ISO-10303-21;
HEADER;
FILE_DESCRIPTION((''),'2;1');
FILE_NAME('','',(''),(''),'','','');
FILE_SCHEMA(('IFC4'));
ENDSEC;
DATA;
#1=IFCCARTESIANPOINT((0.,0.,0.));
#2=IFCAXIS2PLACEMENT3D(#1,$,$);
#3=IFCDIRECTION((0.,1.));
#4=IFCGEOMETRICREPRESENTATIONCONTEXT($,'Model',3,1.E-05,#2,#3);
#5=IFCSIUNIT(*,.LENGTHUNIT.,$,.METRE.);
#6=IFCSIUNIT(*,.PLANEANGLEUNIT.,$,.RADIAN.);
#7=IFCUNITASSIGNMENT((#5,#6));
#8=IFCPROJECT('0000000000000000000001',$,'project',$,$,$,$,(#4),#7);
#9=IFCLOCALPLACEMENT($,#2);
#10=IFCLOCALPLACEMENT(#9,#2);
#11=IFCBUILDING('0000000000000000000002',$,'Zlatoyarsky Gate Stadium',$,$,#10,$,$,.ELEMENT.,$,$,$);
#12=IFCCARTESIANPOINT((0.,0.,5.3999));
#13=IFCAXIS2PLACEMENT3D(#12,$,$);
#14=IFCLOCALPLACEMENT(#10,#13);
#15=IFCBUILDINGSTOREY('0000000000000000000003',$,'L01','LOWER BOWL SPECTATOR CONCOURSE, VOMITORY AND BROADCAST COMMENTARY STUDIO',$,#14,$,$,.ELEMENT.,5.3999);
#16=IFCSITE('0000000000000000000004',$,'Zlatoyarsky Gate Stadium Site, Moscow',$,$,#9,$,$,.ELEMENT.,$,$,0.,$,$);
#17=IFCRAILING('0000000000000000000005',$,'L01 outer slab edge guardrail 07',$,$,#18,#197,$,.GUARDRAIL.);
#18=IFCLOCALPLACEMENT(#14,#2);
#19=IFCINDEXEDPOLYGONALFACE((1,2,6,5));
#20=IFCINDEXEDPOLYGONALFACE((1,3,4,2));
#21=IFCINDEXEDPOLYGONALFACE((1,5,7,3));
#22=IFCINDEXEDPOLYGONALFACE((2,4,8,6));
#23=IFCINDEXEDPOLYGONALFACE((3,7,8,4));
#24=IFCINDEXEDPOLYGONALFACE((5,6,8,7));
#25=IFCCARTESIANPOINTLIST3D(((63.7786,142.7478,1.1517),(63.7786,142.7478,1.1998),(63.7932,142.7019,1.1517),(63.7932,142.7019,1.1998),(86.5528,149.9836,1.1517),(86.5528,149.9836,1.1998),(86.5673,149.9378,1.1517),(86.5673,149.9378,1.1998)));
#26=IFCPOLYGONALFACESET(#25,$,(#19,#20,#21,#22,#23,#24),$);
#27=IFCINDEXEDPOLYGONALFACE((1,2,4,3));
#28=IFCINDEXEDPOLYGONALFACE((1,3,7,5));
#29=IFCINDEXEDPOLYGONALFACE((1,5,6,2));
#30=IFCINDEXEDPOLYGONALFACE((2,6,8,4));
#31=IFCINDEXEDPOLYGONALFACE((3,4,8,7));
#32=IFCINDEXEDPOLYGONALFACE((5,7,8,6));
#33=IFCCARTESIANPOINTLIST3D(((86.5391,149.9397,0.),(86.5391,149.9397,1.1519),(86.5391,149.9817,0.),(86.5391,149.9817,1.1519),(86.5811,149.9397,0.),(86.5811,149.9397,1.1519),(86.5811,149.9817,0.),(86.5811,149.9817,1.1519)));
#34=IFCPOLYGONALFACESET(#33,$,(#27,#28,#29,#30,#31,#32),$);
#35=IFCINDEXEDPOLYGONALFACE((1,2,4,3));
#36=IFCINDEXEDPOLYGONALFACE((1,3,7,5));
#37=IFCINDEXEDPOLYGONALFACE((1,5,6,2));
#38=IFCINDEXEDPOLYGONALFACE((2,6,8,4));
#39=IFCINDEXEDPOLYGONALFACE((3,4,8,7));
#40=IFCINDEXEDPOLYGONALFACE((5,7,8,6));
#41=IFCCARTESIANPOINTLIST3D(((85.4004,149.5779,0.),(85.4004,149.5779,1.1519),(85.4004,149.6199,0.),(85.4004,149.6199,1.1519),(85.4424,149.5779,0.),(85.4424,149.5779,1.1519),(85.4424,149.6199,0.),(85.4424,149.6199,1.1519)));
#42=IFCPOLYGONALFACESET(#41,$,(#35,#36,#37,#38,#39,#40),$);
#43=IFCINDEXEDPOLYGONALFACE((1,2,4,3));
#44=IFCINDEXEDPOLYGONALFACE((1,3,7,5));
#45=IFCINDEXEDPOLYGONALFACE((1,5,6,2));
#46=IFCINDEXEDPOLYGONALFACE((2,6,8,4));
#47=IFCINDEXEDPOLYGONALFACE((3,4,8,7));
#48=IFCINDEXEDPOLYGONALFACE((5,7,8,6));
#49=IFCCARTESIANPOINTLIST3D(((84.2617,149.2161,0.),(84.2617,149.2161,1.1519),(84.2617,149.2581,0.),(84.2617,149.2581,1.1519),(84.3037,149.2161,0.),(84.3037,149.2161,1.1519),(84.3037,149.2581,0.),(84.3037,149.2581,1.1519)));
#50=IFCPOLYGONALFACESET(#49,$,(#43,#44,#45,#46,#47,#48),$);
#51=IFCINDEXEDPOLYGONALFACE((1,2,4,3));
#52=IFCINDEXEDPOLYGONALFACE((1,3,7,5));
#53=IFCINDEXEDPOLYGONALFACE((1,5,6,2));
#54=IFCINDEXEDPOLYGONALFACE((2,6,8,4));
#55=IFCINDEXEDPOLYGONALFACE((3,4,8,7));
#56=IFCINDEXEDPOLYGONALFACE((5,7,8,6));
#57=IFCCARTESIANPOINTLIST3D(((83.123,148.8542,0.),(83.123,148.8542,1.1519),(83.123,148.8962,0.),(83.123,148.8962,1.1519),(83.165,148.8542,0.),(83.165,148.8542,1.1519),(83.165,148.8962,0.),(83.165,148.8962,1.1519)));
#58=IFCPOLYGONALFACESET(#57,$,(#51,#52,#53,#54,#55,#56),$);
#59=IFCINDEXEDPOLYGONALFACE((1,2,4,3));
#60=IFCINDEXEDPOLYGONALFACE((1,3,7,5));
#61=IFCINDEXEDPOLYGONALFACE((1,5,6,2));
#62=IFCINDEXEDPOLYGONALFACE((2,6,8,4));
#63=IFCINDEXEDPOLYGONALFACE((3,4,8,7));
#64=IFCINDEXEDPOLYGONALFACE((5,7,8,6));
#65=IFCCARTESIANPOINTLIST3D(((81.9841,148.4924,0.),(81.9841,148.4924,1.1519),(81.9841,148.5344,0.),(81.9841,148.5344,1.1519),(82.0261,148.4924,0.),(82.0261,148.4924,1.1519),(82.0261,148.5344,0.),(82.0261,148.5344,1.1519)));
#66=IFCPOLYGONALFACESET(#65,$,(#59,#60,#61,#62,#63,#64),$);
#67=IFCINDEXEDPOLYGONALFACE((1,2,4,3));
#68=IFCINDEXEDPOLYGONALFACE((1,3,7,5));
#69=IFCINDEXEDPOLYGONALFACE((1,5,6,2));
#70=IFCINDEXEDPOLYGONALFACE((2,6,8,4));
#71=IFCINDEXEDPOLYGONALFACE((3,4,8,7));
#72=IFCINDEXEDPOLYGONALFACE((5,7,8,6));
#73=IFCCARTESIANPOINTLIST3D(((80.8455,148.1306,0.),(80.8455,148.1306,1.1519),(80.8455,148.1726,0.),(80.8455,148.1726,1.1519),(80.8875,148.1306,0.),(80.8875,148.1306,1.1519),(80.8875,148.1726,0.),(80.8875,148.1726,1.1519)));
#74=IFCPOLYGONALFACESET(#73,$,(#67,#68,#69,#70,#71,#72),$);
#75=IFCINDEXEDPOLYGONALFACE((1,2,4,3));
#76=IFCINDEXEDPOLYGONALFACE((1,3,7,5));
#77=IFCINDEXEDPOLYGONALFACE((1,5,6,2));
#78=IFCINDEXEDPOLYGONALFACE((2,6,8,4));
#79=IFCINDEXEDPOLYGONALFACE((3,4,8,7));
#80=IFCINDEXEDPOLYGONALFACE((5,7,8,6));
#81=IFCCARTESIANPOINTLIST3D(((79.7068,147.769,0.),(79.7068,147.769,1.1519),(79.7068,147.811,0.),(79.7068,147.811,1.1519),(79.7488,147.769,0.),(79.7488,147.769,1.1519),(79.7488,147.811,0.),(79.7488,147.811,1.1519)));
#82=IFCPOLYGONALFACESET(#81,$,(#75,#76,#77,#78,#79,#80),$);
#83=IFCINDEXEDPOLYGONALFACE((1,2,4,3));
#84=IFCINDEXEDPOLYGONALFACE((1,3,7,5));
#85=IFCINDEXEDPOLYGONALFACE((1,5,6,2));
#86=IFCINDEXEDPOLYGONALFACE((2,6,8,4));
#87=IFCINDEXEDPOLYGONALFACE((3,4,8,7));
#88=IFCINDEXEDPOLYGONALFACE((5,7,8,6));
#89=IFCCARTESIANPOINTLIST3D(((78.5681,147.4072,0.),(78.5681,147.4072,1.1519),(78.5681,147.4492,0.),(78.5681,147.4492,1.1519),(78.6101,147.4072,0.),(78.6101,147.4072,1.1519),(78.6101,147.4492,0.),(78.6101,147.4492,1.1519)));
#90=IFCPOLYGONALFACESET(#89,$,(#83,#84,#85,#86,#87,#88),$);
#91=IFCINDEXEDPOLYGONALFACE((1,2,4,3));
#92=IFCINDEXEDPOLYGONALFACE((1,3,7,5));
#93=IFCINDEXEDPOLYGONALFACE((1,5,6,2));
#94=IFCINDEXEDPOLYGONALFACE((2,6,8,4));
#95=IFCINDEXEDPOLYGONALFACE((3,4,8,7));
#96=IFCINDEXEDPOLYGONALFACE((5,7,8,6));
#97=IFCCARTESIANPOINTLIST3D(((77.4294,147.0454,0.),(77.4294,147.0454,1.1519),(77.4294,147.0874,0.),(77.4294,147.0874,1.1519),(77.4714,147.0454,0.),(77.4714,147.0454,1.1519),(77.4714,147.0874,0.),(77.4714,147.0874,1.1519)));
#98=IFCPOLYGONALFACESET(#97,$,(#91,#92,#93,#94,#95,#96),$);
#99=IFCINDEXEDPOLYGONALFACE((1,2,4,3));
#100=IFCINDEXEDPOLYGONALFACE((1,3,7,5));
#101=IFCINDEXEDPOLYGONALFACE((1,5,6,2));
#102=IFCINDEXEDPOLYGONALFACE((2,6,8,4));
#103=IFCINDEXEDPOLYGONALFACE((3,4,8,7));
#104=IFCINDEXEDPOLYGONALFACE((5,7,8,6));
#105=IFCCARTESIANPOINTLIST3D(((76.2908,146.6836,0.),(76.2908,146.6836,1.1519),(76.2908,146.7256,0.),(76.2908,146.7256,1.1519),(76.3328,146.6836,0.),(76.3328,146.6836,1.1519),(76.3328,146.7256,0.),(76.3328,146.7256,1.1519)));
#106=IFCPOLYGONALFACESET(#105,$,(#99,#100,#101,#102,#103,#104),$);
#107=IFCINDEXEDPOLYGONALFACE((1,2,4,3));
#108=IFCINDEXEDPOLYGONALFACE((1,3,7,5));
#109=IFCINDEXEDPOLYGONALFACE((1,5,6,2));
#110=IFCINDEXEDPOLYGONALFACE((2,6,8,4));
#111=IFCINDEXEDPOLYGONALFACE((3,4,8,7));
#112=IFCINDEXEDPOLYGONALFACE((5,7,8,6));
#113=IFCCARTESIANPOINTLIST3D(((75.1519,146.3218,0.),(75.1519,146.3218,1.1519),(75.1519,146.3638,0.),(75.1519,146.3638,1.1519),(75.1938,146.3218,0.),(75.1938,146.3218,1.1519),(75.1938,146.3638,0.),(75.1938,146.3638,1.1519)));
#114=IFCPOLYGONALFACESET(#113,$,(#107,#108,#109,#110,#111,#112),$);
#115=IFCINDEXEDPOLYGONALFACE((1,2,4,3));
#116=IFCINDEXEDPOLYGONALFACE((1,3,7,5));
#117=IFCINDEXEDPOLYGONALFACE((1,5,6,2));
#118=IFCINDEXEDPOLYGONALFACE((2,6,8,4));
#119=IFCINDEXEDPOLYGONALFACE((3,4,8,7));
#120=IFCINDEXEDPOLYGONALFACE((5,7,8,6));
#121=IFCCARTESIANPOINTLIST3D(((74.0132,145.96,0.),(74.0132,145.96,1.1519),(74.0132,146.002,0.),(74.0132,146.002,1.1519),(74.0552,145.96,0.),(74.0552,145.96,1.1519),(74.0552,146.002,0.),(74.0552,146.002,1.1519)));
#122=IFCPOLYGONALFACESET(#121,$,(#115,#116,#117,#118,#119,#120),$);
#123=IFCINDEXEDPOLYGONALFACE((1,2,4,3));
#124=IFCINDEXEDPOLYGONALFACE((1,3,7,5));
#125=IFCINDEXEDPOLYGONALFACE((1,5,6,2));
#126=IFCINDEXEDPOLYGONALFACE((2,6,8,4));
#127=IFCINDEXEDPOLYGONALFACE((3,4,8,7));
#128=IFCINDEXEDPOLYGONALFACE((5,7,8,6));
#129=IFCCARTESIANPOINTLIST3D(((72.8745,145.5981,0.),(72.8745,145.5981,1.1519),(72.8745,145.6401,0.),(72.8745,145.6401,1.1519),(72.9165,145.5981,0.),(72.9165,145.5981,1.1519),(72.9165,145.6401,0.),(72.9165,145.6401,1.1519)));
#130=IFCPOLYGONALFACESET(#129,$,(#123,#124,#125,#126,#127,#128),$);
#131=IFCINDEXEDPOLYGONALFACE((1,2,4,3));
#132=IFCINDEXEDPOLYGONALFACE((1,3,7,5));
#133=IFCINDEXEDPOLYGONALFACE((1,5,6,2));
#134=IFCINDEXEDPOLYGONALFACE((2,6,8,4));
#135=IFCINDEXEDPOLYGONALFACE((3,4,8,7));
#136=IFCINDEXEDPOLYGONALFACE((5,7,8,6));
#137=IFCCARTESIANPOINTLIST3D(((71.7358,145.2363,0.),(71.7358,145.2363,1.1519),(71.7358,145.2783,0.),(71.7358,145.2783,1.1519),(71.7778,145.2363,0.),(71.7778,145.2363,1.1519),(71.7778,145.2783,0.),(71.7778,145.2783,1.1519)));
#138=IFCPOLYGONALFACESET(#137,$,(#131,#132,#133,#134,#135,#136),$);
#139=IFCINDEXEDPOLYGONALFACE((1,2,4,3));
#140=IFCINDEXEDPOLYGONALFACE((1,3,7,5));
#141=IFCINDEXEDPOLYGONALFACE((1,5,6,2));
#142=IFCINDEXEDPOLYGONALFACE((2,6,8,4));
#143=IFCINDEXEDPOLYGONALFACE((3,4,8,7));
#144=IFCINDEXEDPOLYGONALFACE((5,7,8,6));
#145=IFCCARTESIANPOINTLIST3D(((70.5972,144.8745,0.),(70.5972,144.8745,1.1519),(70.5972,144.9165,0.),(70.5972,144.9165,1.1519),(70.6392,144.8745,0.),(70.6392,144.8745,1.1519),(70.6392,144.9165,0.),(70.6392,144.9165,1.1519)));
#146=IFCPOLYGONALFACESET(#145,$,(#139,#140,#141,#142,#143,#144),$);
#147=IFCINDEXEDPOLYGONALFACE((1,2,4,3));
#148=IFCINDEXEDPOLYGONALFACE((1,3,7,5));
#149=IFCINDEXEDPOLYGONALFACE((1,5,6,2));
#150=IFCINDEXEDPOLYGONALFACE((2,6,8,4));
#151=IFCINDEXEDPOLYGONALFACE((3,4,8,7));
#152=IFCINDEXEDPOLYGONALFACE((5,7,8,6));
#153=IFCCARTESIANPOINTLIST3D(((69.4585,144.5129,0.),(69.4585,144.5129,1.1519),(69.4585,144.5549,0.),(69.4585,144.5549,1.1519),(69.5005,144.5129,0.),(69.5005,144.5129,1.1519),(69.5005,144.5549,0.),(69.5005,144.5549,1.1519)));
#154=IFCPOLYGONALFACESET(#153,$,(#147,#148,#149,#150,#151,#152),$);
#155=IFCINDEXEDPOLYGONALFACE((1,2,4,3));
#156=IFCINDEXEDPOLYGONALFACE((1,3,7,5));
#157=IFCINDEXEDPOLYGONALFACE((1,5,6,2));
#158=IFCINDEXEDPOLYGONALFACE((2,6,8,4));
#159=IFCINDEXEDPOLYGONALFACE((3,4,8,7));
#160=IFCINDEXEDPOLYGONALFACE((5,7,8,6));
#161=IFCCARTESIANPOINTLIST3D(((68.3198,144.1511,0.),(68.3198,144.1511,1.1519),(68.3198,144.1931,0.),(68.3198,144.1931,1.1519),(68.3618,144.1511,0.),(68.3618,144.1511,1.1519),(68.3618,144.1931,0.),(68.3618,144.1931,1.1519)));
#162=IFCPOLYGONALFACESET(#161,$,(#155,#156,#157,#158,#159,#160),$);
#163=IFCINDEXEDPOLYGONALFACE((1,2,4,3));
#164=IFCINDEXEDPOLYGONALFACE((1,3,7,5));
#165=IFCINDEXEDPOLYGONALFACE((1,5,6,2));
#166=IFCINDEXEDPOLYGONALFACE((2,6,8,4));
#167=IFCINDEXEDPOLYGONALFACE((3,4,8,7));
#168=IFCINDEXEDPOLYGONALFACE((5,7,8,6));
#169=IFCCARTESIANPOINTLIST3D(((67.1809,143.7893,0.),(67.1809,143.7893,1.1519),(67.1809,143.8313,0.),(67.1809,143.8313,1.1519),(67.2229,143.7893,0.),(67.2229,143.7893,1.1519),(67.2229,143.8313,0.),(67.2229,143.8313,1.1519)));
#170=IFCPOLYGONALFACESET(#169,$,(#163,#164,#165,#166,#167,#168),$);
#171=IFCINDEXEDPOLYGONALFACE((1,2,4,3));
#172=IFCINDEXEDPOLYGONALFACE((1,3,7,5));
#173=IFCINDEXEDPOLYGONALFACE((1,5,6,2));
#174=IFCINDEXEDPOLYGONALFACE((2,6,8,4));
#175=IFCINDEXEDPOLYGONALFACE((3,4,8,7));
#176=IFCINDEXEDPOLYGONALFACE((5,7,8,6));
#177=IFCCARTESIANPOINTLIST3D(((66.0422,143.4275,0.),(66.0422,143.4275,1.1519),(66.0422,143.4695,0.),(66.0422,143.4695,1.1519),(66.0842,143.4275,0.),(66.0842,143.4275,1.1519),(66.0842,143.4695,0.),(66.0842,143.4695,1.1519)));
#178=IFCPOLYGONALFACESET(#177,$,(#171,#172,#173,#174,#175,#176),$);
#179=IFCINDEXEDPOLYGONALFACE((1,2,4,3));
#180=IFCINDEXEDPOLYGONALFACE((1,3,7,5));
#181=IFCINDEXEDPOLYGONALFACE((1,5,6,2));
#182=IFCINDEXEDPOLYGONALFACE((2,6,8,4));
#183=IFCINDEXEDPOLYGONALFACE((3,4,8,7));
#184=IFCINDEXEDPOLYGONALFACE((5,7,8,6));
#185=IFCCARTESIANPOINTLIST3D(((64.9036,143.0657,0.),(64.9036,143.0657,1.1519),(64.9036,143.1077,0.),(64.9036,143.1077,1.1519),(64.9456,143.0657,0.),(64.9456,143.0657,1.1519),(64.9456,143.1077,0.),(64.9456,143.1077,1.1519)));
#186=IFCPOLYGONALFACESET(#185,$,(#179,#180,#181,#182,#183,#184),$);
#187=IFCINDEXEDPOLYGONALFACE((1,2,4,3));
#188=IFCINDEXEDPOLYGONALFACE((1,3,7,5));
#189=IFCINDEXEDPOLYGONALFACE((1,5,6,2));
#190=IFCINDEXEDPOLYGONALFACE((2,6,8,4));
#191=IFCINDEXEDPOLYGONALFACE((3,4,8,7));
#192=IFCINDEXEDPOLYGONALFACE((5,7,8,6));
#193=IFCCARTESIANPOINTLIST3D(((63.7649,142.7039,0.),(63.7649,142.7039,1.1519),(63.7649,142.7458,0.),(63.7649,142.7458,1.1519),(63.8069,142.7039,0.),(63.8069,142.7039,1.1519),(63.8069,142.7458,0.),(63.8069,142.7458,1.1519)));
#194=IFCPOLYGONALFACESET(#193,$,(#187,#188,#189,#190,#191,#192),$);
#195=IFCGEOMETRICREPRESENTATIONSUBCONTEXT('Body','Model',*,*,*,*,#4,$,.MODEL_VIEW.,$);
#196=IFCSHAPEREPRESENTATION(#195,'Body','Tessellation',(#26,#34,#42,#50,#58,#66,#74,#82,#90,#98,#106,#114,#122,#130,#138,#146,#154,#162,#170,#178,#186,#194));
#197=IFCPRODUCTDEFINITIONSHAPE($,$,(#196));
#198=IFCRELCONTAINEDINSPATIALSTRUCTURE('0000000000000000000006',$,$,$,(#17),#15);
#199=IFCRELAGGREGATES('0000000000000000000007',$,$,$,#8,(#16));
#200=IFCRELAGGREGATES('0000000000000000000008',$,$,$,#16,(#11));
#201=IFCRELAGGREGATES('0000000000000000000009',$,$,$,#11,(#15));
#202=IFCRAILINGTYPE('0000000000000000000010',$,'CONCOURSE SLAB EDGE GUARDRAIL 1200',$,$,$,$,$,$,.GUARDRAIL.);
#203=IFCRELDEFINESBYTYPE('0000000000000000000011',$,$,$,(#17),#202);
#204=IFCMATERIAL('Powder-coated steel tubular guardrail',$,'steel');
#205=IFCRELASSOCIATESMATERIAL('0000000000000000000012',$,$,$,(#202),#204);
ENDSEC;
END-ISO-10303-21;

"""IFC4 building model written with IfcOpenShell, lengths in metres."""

from ifc_helpers import new_model, si_unit, direction, frame, origin, origin_2d, place, context, subcontext, project, spatial, rectangle, extrude, material, type_object, element, save


model = new_model("IFC4")

# Units and contexts
model_context = context("Model", 3, precision=1e-05, world=origin(), true_north=direction((0.0, 1.0)))
body_context = subcontext(model_context, "Body", "Model", "MODEL_VIEW")
ifc_project = project(units=[si_unit("LENGTHUNIT", "METRE"), si_unit("PLANEANGLEUNIT", "RADIAN")], contexts=[model_context])

# Site, building, storey
site_placement = place(None, origin())
site = spatial("IfcSite", under=ifc_project, at=site_placement, Name="Zlatoyarsky Gate Stadium Site, Moscow", CompositionType="ELEMENT", RefElevation=0.0)
building_placement = place(site_placement, origin())
building = spatial("IfcBuilding", under=site, at=building_placement, Name="Zlatoyarsky Gate Stadium", CompositionType="ELEMENT")
storey_placement = place(building_placement, frame((0.0, 0.0, 5.3999)))
storey = spatial("IfcBuildingStorey", under=building, at=storey_placement, Name="L01", Description="LOWER BOWL SPECTATOR CONCOURSE, VOMITORY AND BROADCAST COMMENTARY STUDIO", CompositionType="ELEMENT", Elevation=5.3999)

# Railing
ifc_material_1 = material(Name="Powder-coated steel tubular guardrail", Category="steel")
railing_type_1 = type_object("IfcRailingType", Name="CONCOURSE SLAB EDGE GUARDRAIL 1200", PredefinedType="GUARDRAIL", material=ifc_material_1)
railing_1_placement = place(storey_placement, frame((86.5601, 149.9607, 0.0)))
element("IfcRailing", 1, at=railing_1_placement, inside=storey, type_object=railing_type_1, Name="L01 outer slab edge guardrail 07", PredefinedType="GUARDRAIL", context=body_context, shape_type="SweptSolid", body=[
    extrude(rectangle(XDim=0.0481, YDim=0.0481, at=origin_2d()), frame((0.0, 0.0, 1.1758), z_axis=(-0.953052, -0.302805, 0.0), x_axis=(0.302805, -0.953052, 0.0)), (0.0, 0.0, 1.0), 23.896),
    extrude(rectangle(XDim=0.042, YDim=0.042, at=origin_2d()), origin(), (0.0, 0.0, 1.0), 1.1519),
    extrude(rectangle(XDim=0.042, YDim=0.042, at=origin_2d()), frame((-1.1387, -0.3618, 0.0)), (0.0, 0.0, 1.0), 1.1519),
    extrude(rectangle(XDim=0.042, YDim=0.042, at=origin_2d()), frame((-2.2773, -0.7236, 0.0)), (0.0, 0.0, 1.0), 1.1519),
    extrude(rectangle(XDim=0.042, YDim=0.042, at=origin_2d()), frame((-3.416, -1.0854, 0.0)), (0.0, 0.0, 1.0), 1.1519),
    extrude(rectangle(XDim=0.042, YDim=0.042, at=origin_2d()), frame((-4.5549, -1.4473, 0.0)), (0.0, 0.0, 1.0), 1.1519),
    extrude(rectangle(XDim=0.042, YDim=0.042, at=origin_2d()), frame((-5.6936, -1.8091, 0.0)), (0.0, 0.0, 1.0), 1.1519),
    extrude(rectangle(XDim=0.042, YDim=0.042, at=origin_2d()), frame((-6.8323, -2.1707, 0.0)), (0.0, 0.0, 1.0), 1.1519),
    extrude(rectangle(XDim=0.042, YDim=0.042, at=origin_2d()), frame((-7.9709, -2.5325, 0.0)), (0.0, 0.0, 1.0), 1.1519),
    extrude(rectangle(XDim=0.042, YDim=0.042, at=origin_2d()), frame((-9.1096, -2.8943, 0.0)), (0.0, 0.0, 1.0), 1.1519),
    extrude(rectangle(XDim=0.042, YDim=0.042, at=origin_2d()), frame((-10.2483, -3.2561, 0.0)), (0.0, 0.0, 1.0), 1.1519),
    extrude(rectangle(XDim=0.042, YDim=0.042, at=origin_2d()), frame((-11.3872, -3.6179, 0.0)), (0.0, 0.0, 1.0), 1.1519),
    extrude(rectangle(XDim=0.042, YDim=0.042, at=origin_2d()), frame((-12.5259, -3.9797, 0.0)), (0.0, 0.0, 1.0), 1.1519),
    extrude(rectangle(XDim=0.042, YDim=0.042, at=origin_2d()), frame((-13.6646, -4.3416, 0.0)), (0.0, 0.0, 1.0), 1.1519),
    extrude(rectangle(XDim=0.042, YDim=0.042, at=origin_2d()), frame((-14.8032, -4.7034, 0.0)), (0.0, 0.0, 1.0), 1.1519),
    extrude(rectangle(XDim=0.042, YDim=0.042, at=origin_2d()), frame((-15.9419, -5.0652, 0.0)), (0.0, 0.0, 1.0), 1.1519),
    extrude(rectangle(XDim=0.042, YDim=0.042, at=origin_2d()), frame((-17.0806, -5.4268, 0.0)), (0.0, 0.0, 1.0), 1.1519),
    extrude(rectangle(XDim=0.042, YDim=0.042, at=origin_2d()), frame((-18.2192, -5.7886, 0.0)), (0.0, 0.0, 1.0), 1.1519),
    extrude(rectangle(XDim=0.042, YDim=0.042, at=origin_2d()), frame((-19.3582, -6.1504, 0.0)), (0.0, 0.0, 1.0), 1.1519),
    extrude(rectangle(XDim=0.042, YDim=0.042, at=origin_2d()), frame((-20.4968, -6.5122, 0.0)), (0.0, 0.0, 1.0), 1.1519),
    extrude(rectangle(XDim=0.042, YDim=0.042, at=origin_2d()), frame((-21.6355, -6.874, 0.0)), (0.0, 0.0, 1.0), 1.1519),
    extrude(rectangle(XDim=0.042, YDim=0.042, at=origin_2d()), frame((-22.7742, -7.2358, 0.0)), (0.0, 0.0, 1.0), 1.1519),
])

save(model, "model.ifc")
